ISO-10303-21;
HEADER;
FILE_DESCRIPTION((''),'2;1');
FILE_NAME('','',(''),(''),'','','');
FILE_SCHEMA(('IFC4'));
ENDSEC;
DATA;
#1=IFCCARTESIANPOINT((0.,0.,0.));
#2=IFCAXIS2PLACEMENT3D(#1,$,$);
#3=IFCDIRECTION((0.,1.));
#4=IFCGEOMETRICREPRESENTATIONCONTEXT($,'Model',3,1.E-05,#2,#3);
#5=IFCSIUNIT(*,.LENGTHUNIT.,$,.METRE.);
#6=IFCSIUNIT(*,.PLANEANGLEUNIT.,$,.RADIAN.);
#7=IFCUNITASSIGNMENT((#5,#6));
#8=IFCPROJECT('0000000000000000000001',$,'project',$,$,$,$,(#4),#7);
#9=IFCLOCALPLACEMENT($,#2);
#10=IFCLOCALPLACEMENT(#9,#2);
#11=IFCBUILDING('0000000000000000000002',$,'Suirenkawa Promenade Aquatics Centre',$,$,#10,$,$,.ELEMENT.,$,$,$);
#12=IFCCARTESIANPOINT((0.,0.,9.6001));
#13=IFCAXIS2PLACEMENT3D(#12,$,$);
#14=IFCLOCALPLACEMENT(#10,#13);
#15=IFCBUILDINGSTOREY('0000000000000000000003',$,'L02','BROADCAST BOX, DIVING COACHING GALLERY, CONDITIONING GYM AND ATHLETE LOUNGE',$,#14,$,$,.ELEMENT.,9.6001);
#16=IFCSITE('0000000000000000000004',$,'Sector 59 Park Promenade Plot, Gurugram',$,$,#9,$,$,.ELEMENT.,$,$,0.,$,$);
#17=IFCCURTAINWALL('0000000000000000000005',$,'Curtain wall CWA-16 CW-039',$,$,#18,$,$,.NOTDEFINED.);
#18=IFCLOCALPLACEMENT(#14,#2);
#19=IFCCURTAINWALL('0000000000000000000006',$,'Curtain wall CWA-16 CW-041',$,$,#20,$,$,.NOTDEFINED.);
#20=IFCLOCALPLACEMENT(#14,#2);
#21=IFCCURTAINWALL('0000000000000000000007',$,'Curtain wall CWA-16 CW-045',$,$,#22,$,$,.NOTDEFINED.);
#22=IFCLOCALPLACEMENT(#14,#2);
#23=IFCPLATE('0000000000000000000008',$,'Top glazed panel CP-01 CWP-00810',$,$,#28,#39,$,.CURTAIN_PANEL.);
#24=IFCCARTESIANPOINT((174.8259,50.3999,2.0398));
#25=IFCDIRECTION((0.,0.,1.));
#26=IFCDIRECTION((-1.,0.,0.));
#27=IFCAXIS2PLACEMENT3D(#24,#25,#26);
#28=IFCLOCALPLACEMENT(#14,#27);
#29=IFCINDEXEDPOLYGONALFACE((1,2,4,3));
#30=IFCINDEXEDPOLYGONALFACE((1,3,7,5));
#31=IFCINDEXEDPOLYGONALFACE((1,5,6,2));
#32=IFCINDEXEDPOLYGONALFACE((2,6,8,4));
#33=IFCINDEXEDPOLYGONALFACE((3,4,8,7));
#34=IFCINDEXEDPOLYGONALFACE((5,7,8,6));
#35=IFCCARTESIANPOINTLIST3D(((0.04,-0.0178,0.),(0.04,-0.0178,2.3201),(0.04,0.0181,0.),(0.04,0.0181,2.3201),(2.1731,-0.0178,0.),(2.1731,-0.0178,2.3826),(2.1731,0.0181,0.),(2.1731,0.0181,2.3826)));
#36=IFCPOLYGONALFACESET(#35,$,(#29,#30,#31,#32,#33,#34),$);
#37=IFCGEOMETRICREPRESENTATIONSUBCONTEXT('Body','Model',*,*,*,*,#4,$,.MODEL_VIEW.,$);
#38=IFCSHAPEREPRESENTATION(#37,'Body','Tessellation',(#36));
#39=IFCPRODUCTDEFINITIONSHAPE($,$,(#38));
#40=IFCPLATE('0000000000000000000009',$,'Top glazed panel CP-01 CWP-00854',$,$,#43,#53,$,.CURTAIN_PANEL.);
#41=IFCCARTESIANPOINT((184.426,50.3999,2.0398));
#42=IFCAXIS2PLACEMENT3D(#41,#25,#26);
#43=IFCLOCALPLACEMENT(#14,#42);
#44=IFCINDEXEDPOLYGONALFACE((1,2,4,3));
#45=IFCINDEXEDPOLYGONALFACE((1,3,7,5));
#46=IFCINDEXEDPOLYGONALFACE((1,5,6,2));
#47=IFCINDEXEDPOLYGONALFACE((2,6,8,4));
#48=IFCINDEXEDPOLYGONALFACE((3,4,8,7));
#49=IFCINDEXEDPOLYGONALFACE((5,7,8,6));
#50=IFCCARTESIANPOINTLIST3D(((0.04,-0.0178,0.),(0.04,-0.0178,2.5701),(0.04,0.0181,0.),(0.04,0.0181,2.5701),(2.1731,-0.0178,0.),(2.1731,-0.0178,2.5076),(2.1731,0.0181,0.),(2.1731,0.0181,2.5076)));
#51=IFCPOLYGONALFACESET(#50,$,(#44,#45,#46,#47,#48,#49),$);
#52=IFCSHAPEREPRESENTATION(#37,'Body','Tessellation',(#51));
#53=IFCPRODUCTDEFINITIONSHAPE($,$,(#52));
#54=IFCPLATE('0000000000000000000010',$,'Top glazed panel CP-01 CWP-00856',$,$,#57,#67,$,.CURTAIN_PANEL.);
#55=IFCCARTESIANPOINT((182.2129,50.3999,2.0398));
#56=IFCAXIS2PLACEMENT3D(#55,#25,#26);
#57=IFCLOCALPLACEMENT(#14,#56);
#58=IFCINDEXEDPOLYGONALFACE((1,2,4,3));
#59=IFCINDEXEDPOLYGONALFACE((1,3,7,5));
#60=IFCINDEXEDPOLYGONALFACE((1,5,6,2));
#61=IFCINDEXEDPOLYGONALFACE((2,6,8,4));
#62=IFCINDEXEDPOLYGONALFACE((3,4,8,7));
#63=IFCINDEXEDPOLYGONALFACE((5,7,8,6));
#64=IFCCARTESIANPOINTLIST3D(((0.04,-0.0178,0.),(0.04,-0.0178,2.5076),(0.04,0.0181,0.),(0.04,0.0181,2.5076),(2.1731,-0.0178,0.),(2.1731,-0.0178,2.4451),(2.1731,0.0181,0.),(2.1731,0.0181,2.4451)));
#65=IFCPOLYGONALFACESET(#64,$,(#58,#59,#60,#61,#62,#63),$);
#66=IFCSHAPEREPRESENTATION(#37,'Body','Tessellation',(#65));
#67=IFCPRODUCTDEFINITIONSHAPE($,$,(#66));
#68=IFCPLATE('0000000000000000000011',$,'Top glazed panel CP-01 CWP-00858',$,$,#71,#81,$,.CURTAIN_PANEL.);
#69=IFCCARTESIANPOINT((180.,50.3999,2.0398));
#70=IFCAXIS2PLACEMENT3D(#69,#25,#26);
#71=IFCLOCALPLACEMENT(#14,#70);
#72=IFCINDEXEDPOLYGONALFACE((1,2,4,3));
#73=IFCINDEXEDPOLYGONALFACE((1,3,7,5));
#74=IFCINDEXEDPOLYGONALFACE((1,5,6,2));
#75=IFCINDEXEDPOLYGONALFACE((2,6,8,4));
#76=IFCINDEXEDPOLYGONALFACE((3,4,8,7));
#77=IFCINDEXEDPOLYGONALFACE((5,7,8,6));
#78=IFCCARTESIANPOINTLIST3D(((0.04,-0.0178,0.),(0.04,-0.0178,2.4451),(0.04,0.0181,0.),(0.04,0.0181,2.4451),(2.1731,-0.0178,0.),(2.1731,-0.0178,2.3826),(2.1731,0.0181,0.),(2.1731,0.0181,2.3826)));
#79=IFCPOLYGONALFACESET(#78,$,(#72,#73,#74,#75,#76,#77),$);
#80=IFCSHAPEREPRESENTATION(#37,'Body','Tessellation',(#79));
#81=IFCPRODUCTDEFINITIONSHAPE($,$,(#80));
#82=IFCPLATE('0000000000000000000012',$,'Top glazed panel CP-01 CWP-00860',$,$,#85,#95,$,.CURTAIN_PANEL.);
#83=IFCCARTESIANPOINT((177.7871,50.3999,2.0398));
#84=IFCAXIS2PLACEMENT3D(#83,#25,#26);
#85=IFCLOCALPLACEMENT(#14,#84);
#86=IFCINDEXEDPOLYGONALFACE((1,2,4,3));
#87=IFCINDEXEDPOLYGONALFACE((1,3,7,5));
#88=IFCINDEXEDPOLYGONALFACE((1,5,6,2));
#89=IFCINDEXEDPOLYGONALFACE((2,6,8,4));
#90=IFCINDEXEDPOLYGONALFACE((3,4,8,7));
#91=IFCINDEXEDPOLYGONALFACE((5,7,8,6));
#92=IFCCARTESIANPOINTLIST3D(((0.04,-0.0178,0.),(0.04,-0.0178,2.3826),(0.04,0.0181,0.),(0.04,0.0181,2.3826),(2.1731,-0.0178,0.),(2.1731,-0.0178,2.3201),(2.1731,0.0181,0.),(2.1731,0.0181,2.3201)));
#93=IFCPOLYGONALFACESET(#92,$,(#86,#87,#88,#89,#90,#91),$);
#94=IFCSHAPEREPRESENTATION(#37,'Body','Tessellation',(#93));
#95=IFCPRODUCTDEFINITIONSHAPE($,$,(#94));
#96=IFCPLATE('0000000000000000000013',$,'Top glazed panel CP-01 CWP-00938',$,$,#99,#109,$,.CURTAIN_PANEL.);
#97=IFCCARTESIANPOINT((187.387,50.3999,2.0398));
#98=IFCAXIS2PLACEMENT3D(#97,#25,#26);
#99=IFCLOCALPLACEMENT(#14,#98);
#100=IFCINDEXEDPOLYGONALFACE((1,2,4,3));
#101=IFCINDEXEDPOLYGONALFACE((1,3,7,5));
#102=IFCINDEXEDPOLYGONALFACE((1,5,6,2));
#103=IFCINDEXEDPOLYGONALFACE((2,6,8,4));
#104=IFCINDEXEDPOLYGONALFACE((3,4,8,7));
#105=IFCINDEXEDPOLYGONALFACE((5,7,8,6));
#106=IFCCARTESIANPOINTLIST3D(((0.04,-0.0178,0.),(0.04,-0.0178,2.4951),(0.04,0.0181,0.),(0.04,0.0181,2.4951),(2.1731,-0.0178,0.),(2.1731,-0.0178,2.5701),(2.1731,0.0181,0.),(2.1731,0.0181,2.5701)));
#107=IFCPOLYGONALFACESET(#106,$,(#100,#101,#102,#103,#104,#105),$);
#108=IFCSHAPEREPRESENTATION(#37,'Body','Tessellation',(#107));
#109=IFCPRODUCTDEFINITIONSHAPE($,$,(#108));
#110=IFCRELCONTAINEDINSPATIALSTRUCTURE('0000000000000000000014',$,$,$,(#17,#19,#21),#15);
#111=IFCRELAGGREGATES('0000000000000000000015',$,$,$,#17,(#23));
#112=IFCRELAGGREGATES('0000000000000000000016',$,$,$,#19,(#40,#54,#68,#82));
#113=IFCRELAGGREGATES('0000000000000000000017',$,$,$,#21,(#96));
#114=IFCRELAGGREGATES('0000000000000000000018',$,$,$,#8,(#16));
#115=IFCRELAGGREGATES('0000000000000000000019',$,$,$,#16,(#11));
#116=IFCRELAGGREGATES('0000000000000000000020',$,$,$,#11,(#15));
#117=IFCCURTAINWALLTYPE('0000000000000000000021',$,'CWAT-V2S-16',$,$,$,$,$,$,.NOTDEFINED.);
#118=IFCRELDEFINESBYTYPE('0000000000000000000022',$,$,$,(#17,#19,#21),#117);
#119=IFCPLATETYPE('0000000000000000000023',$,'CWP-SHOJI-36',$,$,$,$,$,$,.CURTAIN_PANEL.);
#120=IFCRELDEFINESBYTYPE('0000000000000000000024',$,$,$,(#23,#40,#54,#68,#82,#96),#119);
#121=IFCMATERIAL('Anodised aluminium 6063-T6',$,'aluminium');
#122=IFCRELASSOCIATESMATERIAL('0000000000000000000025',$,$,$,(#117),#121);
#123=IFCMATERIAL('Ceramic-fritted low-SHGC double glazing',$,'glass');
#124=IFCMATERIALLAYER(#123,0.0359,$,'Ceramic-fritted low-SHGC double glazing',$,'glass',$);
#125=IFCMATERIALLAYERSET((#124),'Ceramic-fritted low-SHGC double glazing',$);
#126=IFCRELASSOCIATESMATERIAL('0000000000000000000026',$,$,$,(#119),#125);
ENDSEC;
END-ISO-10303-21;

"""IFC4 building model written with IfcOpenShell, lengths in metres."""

from ifc_helpers import new_model, si_unit, direction, frame, origin, place, context, subcontext, project, spatial, polyline, outline, extrude, material, layer, layer_set, type_object, element, aggregate, save


model = new_model("IFC4")

# Units and contexts
model_context = context("Model", 3, precision=1e-05, world=origin(), true_north=direction((0.0, 1.0)))
body_context = subcontext(model_context, "Body", "Model", "MODEL_VIEW")
ifc_project = project(units=[si_unit("LENGTHUNIT", "METRE"), si_unit("PLANEANGLEUNIT", "RADIAN")], contexts=[model_context])

# Site, building, storey
site_placement = place(None, origin())
site = spatial("IfcSite", under=ifc_project, at=site_placement, Name="Sector 59 Park Promenade Plot, Gurugram", CompositionType="ELEMENT", RefElevation=0.0)
building_placement = place(site_placement, origin())
building = spatial("IfcBuilding", under=site, at=building_placement, Name="Suirenkawa Promenade Aquatics Centre", CompositionType="ELEMENT")
storey_placement = place(building_placement, frame((0.0, 0.0, 9.6001)))
storey = spatial("IfcBuildingStorey", under=building, at=storey_placement, Name="L02", Description="BROADCAST BOX, DIVING COACHING GALLERY, CONDITIONING GYM AND ATHLETE LOUNGE", CompositionType="ELEMENT", Elevation=9.6001)

# Curtain wall
ifc_material_1 = material(Name="Anodised aluminium 6063-T6", Category="aluminium")
curtain_wall_type = type_object("IfcCurtainWallType", Name="CWAT-V2S-16", PredefinedType="NOTDEFINED", material=ifc_material_1)
curtain_wall_1_placement = place(storey_placement, origin())
curtain_wall_1 = element("IfcCurtainWall", 1, at=curtain_wall_1_placement, inside=storey, type_object=curtain_wall_type, Name="Curtain wall CWA-16 CW-039", PredefinedType="NOTDEFINED")

# Curtain walls
curtain_wall_2_placement = place(storey_placement, origin())
curtain_wall_2 = element("IfcCurtainWall", 2, at=curtain_wall_2_placement, inside=storey, type_object=curtain_wall_type, Name="Curtain wall CWA-16 CW-041", PredefinedType="NOTDEFINED")
curtain_wall_3_placement = place(storey_placement, origin())
curtain_wall_3 = element("IfcCurtainWall", 3, at=curtain_wall_3_placement, inside=storey, type_object=curtain_wall_type, Name="Curtain wall CWA-16 CW-045", PredefinedType="NOTDEFINED")

# Plates
ifc_material_2 = material(Name="Ceramic-fritted low-SHGC double glazing", Category="glass")
ifc_layer = layer(ifc_material_2, 0.0359, Name="Ceramic-fritted low-SHGC double glazing", Category="glass")
ifc_layer_set = layer_set([ifc_layer], Name="Ceramic-fritted low-SHGC double glazing")
plate_type = type_object("IfcPlateType", Name="CWP-SHOJI-36", PredefinedType="CURTAIN_PANEL", material=ifc_layer_set)
plate_1_placement = place(storey_placement, frame((174.8259, 50.3999, 2.0398), z_axis=(0.0, 0.0, 1.0), x_axis=(-1.0, 0.0, 0.0)))
plate_1 = element("IfcPlate", 4, at=plate_1_placement, type_object=plate_type, Name="Top glazed panel CP-01 CWP-00810", PredefinedType="CURTAIN_PANEL", context=body_context, shape_type="SweptSolid", body=[
    extrude(outline(polyline([(0.04, 0.0), (2.1731, 0.0), (2.1731, 2.3826), (0.04, 2.3201), (0.04, 0.0)])), frame((0.0, 0.0181, 0.0), z_axis=(0.0, -1.0, 0.0), x_axis=(1.0, 0.0, 0.0)), (0.0, 0.0, 1.0), 0.0359),
])
aggregate(curtain_wall_1, [plate_1])
plate_2_placement = place(storey_placement, frame((184.426, 50.3999, 2.0398), z_axis=(0.0, 0.0, 1.0), x_axis=(-1.0, 0.0, 0.0)))
plate_2 = element("IfcPlate", 5, at=plate_2_placement, type_object=plate_type, Name="Top glazed panel CP-01 CWP-00854", PredefinedType="CURTAIN_PANEL", context=body_context, shape_type="SweptSolid", body=[
    extrude(outline(polyline([(0.04, 0.0), (2.1731, 0.0), (2.1731, 2.5076), (0.04, 2.5701), (0.04, 0.0)])), frame((0.0, 0.0181, 0.0), z_axis=(0.0, -1.0, 0.0), x_axis=(1.0, 0.0, 0.0)), (0.0, 0.0, 1.0), 0.0359),
])
plate_3_placement = place(storey_placement, frame((182.2129, 50.3999, 2.0398), z_axis=(0.0, 0.0, 1.0), x_axis=(-1.0, 0.0, 0.0)))
plate_3 = element("IfcPlate", 6, at=plate_3_placement, type_object=plate_type, Name="Top glazed panel CP-01 CWP-00856", PredefinedType="CURTAIN_PANEL", context=body_context, shape_type="SweptSolid", body=[
    extrude(outline(polyline([(0.04, 0.0), (2.1731, 0.0), (2.1731, 2.4451), (0.04, 2.5076), (0.04, 0.0)])), frame((0.0, 0.0181, 0.0), z_axis=(0.0, -1.0, 0.0), x_axis=(1.0, 0.0, 0.0)), (0.0, 0.0, 1.0), 0.0359),
])
plate_4_placement = place(storey_placement, frame((180.0, 50.3999, 2.0398), z_axis=(0.0, 0.0, 1.0), x_axis=(-1.0, 0.0, 0.0)))
plate_4 = element("IfcPlate", 7, at=plate_4_placement, type_object=plate_type, Name="Top glazed panel CP-01 CWP-00858", PredefinedType="CURTAIN_PANEL", context=body_context, shape_type="SweptSolid", body=[
    extrude(outline(polyline([(0.04, 0.0), (2.1731, 0.0), (2.1731, 2.3826), (0.04, 2.4451), (0.04, 0.0)])), frame((0.0, 0.0181, 0.0), z_axis=(0.0, -1.0, 0.0), x_axis=(1.0, 0.0, 0.0)), (0.0, 0.0, 1.0), 0.0359),
])
plate_5_placement = place(storey_placement, frame((177.7871, 50.3999, 2.0398), z_axis=(0.0, 0.0, 1.0), x_axis=(-1.0, 0.0, 0.0)))
plate_5 = element("IfcPlate", 8, at=plate_5_placement, type_object=plate_type, Name="Top glazed panel CP-01 CWP-00860", PredefinedType="CURTAIN_PANEL", context=body_context, shape_type="SweptSolid", body=[
    extrude(outline(polyline([(0.04, 0.0), (2.1731, 0.0), (2.1731, 2.3201), (0.04, 2.3826), (0.04, 0.0)])), frame((0.0, 0.0181, 0.0), z_axis=(0.0, -1.0, 0.0), x_axis=(1.0, 0.0, 0.0)), (0.0, 0.0, 1.0), 0.0359),
])
aggregate(curtain_wall_2, [plate_2, plate_3, plate_4, plate_5])
plate_6_placement = place(storey_placement, frame((187.387, 50.3999, 2.0398), z_axis=(0.0, 0.0, 1.0), x_axis=(-1.0, 0.0, 0.0)))
plate_6 = element("IfcPlate", 9, at=plate_6_placement, type_object=plate_type, Name="Top glazed panel CP-01 CWP-00938", PredefinedType="CURTAIN_PANEL", context=body_context, shape_type="SweptSolid", body=[
    extrude(outline(polyline([(0.04, 0.0), (2.1731, 0.0), (2.1731, 2.5701), (0.04, 2.4951), (0.04, 0.0)])), frame((0.0, 0.0181, 0.0), z_axis=(0.0, -1.0, 0.0), x_axis=(1.0, 0.0, 0.0)), (0.0, 0.0, 1.0), 0.0359),
])
aggregate(curtain_wall_3, [plate_6])

save(model, "model.ifc")
